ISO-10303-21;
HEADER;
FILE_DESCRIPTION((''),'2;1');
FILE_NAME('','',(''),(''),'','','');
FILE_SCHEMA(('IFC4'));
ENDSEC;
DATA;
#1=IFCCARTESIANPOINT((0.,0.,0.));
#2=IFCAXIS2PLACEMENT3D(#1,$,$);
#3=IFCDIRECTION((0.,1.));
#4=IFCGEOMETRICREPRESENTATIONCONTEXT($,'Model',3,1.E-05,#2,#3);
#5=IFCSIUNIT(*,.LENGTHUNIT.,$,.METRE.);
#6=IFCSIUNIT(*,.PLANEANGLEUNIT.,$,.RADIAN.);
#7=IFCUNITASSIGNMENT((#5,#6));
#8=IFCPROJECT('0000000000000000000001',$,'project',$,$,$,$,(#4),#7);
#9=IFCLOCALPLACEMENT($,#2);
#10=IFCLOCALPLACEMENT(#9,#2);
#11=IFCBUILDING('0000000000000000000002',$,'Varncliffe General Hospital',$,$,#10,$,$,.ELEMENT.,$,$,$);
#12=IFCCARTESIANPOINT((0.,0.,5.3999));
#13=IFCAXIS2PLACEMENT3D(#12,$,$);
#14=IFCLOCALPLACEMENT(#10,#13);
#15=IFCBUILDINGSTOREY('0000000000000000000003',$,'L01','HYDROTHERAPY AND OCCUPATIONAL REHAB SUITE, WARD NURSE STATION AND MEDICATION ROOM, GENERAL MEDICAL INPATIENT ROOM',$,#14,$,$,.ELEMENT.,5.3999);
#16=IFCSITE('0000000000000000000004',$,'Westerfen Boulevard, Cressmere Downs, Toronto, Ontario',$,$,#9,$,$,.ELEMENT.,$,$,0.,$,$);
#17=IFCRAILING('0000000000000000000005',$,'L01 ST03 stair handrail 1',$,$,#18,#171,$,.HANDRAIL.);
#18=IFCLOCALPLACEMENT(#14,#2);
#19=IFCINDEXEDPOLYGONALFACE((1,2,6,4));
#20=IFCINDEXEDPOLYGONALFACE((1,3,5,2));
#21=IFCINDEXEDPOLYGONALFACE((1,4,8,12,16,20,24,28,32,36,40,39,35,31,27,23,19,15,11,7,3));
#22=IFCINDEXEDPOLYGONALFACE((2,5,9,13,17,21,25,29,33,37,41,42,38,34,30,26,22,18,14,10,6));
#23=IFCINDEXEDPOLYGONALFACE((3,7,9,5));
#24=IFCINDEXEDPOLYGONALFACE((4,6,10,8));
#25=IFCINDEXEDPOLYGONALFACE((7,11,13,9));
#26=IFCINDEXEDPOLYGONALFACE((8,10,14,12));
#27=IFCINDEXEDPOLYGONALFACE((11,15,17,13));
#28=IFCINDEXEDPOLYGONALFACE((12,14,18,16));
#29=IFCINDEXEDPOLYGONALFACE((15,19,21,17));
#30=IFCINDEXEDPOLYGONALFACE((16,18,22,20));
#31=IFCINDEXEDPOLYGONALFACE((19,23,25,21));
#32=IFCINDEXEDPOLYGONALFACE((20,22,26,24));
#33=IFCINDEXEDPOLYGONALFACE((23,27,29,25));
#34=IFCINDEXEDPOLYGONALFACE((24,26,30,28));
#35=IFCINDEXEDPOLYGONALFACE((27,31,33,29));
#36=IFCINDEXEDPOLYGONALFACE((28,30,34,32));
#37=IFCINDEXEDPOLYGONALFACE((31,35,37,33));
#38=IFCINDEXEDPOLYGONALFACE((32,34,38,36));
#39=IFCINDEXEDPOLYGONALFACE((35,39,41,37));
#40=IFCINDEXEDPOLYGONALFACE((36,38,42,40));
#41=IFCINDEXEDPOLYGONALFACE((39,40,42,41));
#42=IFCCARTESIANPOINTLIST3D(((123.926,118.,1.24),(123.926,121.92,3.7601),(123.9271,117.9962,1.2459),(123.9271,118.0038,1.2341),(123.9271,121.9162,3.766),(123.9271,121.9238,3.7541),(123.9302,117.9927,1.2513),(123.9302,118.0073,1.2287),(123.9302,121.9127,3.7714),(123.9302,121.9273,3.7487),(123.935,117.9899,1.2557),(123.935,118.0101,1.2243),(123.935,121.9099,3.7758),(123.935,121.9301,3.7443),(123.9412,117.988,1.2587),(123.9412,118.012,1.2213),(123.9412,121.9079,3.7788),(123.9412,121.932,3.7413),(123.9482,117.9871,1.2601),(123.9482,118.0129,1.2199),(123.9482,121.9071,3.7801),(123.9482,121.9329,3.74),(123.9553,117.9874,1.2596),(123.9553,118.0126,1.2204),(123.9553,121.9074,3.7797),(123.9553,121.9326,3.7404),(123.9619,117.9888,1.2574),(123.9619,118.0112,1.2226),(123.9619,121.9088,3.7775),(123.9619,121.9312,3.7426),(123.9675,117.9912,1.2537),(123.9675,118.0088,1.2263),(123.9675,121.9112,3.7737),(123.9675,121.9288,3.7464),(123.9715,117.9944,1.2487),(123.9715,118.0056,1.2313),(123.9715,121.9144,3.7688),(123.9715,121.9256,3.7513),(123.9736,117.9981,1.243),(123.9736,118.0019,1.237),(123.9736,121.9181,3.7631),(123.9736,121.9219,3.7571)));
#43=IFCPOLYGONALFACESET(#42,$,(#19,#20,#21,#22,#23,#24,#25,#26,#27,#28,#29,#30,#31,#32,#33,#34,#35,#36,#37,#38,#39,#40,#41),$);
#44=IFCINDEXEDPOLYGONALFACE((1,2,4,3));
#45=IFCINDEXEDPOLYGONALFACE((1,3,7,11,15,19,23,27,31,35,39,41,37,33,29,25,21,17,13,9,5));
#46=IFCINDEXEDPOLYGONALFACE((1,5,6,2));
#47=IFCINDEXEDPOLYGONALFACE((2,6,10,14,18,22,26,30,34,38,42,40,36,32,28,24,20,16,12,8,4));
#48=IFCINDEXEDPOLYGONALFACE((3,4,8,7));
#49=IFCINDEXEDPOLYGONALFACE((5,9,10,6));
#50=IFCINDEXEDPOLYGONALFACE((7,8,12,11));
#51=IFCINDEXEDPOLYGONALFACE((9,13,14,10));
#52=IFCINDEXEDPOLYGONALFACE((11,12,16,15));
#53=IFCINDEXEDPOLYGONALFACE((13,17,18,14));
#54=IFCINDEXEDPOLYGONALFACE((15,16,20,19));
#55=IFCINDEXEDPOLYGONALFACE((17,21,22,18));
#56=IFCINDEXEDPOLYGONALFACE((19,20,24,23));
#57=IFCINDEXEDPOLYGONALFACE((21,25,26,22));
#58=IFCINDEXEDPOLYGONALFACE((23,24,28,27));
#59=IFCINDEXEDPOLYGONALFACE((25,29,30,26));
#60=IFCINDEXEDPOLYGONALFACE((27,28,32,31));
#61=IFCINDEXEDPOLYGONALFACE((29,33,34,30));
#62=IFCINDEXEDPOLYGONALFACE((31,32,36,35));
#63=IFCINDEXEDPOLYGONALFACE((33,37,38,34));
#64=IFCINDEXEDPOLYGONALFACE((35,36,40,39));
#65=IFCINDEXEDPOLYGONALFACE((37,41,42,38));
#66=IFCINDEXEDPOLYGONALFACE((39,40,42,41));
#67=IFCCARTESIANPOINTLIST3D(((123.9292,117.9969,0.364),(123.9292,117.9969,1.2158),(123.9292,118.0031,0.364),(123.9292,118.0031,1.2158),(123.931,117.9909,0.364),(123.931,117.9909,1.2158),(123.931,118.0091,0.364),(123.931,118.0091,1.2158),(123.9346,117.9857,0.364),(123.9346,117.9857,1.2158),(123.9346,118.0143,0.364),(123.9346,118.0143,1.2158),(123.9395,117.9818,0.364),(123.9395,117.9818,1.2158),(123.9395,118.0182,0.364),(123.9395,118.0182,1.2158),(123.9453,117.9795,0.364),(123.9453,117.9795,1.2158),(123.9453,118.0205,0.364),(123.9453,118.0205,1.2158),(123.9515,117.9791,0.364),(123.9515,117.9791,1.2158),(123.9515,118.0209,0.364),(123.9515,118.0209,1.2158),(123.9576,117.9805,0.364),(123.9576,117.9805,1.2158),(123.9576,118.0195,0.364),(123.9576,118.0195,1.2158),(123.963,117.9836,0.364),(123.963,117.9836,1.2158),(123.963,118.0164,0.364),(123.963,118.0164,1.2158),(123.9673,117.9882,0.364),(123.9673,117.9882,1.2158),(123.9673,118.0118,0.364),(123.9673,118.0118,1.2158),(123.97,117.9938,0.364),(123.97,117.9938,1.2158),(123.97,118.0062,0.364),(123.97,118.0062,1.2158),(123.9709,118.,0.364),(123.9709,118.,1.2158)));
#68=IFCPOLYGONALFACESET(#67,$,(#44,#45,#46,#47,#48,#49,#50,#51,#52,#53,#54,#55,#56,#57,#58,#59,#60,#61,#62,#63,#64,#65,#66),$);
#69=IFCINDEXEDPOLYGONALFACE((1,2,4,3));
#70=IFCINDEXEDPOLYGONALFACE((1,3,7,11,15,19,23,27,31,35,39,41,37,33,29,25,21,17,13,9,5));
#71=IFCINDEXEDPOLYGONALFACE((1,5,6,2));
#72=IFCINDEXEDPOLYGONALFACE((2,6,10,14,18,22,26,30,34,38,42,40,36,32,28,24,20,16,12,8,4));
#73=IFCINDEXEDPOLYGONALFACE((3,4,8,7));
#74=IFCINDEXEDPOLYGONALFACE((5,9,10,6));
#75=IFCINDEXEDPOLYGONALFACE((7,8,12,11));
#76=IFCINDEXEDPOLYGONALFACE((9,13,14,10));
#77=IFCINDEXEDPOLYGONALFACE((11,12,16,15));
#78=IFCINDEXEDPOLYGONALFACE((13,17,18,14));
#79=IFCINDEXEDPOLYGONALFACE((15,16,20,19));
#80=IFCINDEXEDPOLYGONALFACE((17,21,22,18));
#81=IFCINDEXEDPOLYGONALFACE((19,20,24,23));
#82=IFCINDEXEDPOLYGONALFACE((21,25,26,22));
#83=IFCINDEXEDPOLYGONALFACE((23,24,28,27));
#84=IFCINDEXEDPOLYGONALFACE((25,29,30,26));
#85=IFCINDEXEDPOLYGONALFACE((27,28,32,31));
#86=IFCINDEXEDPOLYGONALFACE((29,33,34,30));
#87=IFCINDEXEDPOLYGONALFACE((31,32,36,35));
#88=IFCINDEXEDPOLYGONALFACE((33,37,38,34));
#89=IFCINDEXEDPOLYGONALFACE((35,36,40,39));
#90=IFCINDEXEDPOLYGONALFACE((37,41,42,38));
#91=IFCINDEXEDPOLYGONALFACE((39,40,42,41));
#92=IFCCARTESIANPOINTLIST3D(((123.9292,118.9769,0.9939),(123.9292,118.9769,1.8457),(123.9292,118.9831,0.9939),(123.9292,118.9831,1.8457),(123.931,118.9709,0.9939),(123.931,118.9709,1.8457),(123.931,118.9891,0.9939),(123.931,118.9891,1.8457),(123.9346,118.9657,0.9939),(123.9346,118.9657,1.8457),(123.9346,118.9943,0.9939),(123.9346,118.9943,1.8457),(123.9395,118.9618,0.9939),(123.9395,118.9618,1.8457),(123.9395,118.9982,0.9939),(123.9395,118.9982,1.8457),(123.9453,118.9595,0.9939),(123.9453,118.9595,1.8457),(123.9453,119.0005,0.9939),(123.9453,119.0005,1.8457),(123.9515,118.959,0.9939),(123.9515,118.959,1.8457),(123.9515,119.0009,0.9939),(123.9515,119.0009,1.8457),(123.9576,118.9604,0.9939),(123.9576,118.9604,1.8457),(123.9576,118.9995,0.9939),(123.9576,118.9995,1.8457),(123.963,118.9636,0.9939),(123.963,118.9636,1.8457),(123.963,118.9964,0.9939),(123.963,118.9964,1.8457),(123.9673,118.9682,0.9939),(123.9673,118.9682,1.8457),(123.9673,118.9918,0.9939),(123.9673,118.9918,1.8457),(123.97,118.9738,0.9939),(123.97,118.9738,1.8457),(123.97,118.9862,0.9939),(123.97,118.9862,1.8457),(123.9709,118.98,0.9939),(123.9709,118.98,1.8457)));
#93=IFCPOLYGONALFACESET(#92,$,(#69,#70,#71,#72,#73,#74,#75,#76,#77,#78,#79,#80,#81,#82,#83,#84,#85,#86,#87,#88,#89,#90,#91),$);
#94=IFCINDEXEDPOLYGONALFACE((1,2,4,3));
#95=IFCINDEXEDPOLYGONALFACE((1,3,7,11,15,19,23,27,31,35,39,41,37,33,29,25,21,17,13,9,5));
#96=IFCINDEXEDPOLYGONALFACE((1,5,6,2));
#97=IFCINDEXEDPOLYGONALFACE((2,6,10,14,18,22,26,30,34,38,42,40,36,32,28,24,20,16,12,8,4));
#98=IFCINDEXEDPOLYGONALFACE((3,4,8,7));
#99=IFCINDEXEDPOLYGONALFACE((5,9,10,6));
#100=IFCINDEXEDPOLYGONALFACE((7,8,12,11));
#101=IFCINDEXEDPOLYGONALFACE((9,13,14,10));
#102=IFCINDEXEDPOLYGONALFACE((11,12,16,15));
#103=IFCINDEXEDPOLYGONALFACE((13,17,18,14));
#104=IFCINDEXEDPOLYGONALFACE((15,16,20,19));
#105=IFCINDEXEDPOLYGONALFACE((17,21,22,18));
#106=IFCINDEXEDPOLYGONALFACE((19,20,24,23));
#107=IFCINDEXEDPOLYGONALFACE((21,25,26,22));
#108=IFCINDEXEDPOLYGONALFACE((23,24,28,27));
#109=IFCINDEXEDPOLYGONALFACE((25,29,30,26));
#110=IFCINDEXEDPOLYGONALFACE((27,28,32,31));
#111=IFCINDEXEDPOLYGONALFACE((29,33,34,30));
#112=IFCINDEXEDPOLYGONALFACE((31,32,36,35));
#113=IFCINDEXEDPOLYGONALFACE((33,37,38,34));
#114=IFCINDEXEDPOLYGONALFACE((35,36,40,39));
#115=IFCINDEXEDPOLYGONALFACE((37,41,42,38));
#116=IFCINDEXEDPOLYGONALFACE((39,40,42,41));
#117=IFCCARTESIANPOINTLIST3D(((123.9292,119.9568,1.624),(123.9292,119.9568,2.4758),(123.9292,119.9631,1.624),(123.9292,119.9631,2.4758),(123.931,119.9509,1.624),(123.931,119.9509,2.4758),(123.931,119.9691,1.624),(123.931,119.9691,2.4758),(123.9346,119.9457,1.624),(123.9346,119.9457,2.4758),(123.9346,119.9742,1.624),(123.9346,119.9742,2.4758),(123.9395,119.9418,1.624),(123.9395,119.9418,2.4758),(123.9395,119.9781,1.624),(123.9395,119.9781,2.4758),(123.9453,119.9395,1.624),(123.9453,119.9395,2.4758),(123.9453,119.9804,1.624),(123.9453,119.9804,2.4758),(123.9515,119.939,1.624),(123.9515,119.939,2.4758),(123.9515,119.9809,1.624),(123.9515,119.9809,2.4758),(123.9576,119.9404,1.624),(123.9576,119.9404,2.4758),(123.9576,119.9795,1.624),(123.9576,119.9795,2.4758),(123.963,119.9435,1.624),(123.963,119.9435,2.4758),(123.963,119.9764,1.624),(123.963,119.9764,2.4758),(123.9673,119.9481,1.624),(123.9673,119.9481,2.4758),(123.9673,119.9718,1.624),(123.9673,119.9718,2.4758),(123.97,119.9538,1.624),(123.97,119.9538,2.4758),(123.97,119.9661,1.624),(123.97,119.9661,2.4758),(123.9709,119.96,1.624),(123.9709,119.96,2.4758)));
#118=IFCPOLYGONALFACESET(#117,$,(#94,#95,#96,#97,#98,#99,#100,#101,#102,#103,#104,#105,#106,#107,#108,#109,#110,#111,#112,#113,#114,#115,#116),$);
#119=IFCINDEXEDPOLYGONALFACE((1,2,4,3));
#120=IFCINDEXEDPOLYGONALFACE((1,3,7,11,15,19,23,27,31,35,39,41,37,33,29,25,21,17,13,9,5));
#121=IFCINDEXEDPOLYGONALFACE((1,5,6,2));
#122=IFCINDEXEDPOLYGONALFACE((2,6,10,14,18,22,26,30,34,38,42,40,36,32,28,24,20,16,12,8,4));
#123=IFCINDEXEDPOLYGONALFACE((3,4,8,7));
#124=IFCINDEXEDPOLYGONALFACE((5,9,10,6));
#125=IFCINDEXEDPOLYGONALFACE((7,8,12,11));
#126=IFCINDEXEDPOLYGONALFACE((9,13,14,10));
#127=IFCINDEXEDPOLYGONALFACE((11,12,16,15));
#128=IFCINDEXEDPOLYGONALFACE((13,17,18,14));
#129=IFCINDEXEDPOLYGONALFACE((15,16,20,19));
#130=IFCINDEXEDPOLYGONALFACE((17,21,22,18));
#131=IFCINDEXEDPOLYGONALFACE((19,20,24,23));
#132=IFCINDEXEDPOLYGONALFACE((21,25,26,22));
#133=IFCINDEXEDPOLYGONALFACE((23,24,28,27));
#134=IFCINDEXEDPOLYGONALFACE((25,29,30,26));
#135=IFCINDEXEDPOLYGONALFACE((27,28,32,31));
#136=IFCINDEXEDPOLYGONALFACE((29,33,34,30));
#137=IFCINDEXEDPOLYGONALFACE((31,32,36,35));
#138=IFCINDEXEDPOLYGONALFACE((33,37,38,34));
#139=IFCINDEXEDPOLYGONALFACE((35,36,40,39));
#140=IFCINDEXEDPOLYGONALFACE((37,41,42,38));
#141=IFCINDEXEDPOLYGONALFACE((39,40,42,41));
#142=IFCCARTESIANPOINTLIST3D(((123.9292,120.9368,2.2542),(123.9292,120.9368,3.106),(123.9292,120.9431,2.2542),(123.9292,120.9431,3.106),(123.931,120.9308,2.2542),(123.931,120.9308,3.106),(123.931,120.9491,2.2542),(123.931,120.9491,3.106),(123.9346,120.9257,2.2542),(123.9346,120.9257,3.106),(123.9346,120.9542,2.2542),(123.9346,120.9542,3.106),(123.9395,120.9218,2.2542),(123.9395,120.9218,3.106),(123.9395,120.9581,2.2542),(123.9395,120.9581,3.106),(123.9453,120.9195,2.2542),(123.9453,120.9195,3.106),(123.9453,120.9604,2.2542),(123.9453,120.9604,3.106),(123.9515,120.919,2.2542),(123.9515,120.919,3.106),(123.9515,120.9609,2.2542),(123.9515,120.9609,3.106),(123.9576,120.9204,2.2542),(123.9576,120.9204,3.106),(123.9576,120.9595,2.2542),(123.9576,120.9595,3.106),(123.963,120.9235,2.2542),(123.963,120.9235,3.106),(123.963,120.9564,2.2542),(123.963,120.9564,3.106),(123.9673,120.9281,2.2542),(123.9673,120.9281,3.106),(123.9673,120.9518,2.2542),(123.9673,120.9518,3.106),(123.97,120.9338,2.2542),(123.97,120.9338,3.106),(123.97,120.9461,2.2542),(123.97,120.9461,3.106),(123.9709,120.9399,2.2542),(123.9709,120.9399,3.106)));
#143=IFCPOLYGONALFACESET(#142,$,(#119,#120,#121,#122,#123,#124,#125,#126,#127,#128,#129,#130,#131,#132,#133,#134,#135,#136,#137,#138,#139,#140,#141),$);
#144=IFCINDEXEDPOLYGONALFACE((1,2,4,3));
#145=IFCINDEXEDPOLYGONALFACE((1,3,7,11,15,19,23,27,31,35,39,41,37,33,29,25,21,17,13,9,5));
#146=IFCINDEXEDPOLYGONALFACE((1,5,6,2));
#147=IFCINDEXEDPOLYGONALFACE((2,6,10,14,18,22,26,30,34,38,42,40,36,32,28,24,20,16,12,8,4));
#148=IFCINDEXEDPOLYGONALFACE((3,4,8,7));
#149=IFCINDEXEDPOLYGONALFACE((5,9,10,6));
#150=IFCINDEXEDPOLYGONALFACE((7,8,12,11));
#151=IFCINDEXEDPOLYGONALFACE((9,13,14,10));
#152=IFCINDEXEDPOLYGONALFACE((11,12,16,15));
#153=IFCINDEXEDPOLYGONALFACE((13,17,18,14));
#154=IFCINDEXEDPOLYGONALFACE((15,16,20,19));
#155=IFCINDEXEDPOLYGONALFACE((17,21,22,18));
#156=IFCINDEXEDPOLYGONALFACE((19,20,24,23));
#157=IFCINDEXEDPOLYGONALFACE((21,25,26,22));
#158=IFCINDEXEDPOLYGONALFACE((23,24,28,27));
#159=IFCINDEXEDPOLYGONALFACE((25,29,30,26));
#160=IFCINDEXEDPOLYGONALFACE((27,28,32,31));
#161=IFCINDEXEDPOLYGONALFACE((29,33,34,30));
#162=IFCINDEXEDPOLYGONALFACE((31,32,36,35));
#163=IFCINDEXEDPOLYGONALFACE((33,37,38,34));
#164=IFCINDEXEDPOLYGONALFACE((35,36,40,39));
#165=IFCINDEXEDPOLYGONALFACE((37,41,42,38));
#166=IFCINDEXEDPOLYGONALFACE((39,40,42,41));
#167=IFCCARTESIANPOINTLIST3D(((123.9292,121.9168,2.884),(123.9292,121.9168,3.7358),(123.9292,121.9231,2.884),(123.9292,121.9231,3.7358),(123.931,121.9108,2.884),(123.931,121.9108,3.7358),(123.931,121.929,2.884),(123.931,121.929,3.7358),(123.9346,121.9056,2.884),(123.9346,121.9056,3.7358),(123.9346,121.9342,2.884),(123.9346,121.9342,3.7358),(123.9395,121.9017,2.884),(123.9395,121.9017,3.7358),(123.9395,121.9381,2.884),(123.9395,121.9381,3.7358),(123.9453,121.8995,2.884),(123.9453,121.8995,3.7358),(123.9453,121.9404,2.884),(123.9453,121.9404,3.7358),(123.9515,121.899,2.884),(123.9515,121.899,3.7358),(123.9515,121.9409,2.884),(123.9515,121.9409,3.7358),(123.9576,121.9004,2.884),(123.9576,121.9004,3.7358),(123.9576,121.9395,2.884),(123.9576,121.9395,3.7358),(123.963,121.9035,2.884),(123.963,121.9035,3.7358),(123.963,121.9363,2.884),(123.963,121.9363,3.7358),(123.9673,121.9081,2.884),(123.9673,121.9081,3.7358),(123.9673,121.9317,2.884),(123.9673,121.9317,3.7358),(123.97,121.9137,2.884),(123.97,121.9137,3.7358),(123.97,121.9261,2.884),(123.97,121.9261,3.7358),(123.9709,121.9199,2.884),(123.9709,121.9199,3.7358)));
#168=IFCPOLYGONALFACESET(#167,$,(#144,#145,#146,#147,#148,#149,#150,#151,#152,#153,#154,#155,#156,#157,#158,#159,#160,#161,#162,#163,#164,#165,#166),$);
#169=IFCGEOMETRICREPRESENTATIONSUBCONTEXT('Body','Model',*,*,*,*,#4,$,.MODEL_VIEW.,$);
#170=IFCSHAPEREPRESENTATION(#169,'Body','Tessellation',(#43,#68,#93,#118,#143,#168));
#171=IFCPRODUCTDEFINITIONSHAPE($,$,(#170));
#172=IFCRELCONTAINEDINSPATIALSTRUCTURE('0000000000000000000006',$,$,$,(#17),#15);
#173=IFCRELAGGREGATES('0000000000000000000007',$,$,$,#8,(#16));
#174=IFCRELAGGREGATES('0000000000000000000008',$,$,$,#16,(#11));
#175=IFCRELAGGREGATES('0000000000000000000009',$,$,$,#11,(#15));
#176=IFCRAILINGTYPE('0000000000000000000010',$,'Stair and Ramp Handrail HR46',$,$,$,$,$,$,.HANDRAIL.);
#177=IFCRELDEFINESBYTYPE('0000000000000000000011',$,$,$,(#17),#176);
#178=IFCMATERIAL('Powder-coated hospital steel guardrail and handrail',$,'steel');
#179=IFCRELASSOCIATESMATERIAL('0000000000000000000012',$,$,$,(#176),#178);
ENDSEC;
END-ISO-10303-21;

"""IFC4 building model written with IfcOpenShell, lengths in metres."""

from ifc_helpers import new_model, si_unit, direction, frame, origin, origin_2d, place, context, subcontext, project, spatial, circle, extrude, material, type_object, element, save


model = new_model("IFC4")

# Units and contexts
model_context = context("Model", 3, precision=1e-05, world=origin(), true_north=direction((0.0, 1.0)))
body_context = subcontext(model_context, "Body", "Model", "MODEL_VIEW")
ifc_project = project(units=[si_unit("LENGTHUNIT", "METRE"), si_unit("PLANEANGLEUNIT", "RADIAN")], contexts=[model_context])

# Site, building, storey
site_placement = place(None, origin())
site = spatial("IfcSite", under=ifc_project, at=site_placement, Name="Westerfen Boulevard, Cressmere Downs, Toronto, Ontario", CompositionType="ELEMENT", RefElevation=0.0)
building_placement = place(site_placement, origin())
building = spatial("IfcBuilding", under=site, at=building_placement, Name="Varncliffe General Hospital", CompositionType="ELEMENT")
storey_placement = place(building_placement, frame((0.0, 0.0, 5.3999)))
storey = spatial("IfcBuildingStorey", under=building, at=storey_placement, Name="L01", Description="HYDROTHERAPY AND OCCUPATIONAL REHAB SUITE, WARD NURSE STATION AND MEDICATION ROOM, GENERAL MEDICAL INPATIENT ROOM", CompositionType="ELEMENT", Elevation=5.3999)

# Railing
ifc_material_1 = material(Name="Powder-coated hospital steel guardrail and handrail", Category="steel")
railing_type_1 = type_object("IfcRailingType", Name="Stair and Ramp Handrail HR46", PredefinedType="HANDRAIL", material=ifc_material_1)
railing_1_placement = place(storey_placement, frame((123.95, 118.0, 0.364)))
element("IfcRailing", 1, at=railing_1_placement, inside=storey, type_object=railing_type_1, Name="L01 ST03 stair handrail 1", PredefinedType="HANDRAIL", context=body_context, shape_type="SweptSolid", body=[
    extrude(circle(Radius=0.0239, at=origin_2d()), frame((0.0, 0.0, 0.876), z_axis=(0.0, 0.841172, 0.540768), x_axis=(-1.0, 0.0, 0.0)), (0.0, 0.0, 1.0), 4.6602),
    extrude(circle(Radius=0.021, at=origin_2d()), origin(), (0.0, 0.0, 1.0), 0.8518),
    extrude(circle(Radius=0.021, at=origin_2d()), frame((0.0, 0.98, 0.6299)), (0.0, 0.0, 1.0), 0.8518),
    extrude(circle(Radius=0.021, at=origin_2d()), frame((0.0, 1.96, 1.26)), (0.0, 0.0, 1.0), 0.8518),
    extrude(circle(Radius=0.021, at=origin_2d()), frame((0.0, 2.9399, 1.8901)), (0.0, 0.0, 1.0), 0.8518),
    extrude(circle(Radius=0.021, at=origin_2d()), frame((0.0, 3.9199, 2.52)), (0.0, 0.0, 1.0), 0.8518),
])

save(model, "model.ifc")
